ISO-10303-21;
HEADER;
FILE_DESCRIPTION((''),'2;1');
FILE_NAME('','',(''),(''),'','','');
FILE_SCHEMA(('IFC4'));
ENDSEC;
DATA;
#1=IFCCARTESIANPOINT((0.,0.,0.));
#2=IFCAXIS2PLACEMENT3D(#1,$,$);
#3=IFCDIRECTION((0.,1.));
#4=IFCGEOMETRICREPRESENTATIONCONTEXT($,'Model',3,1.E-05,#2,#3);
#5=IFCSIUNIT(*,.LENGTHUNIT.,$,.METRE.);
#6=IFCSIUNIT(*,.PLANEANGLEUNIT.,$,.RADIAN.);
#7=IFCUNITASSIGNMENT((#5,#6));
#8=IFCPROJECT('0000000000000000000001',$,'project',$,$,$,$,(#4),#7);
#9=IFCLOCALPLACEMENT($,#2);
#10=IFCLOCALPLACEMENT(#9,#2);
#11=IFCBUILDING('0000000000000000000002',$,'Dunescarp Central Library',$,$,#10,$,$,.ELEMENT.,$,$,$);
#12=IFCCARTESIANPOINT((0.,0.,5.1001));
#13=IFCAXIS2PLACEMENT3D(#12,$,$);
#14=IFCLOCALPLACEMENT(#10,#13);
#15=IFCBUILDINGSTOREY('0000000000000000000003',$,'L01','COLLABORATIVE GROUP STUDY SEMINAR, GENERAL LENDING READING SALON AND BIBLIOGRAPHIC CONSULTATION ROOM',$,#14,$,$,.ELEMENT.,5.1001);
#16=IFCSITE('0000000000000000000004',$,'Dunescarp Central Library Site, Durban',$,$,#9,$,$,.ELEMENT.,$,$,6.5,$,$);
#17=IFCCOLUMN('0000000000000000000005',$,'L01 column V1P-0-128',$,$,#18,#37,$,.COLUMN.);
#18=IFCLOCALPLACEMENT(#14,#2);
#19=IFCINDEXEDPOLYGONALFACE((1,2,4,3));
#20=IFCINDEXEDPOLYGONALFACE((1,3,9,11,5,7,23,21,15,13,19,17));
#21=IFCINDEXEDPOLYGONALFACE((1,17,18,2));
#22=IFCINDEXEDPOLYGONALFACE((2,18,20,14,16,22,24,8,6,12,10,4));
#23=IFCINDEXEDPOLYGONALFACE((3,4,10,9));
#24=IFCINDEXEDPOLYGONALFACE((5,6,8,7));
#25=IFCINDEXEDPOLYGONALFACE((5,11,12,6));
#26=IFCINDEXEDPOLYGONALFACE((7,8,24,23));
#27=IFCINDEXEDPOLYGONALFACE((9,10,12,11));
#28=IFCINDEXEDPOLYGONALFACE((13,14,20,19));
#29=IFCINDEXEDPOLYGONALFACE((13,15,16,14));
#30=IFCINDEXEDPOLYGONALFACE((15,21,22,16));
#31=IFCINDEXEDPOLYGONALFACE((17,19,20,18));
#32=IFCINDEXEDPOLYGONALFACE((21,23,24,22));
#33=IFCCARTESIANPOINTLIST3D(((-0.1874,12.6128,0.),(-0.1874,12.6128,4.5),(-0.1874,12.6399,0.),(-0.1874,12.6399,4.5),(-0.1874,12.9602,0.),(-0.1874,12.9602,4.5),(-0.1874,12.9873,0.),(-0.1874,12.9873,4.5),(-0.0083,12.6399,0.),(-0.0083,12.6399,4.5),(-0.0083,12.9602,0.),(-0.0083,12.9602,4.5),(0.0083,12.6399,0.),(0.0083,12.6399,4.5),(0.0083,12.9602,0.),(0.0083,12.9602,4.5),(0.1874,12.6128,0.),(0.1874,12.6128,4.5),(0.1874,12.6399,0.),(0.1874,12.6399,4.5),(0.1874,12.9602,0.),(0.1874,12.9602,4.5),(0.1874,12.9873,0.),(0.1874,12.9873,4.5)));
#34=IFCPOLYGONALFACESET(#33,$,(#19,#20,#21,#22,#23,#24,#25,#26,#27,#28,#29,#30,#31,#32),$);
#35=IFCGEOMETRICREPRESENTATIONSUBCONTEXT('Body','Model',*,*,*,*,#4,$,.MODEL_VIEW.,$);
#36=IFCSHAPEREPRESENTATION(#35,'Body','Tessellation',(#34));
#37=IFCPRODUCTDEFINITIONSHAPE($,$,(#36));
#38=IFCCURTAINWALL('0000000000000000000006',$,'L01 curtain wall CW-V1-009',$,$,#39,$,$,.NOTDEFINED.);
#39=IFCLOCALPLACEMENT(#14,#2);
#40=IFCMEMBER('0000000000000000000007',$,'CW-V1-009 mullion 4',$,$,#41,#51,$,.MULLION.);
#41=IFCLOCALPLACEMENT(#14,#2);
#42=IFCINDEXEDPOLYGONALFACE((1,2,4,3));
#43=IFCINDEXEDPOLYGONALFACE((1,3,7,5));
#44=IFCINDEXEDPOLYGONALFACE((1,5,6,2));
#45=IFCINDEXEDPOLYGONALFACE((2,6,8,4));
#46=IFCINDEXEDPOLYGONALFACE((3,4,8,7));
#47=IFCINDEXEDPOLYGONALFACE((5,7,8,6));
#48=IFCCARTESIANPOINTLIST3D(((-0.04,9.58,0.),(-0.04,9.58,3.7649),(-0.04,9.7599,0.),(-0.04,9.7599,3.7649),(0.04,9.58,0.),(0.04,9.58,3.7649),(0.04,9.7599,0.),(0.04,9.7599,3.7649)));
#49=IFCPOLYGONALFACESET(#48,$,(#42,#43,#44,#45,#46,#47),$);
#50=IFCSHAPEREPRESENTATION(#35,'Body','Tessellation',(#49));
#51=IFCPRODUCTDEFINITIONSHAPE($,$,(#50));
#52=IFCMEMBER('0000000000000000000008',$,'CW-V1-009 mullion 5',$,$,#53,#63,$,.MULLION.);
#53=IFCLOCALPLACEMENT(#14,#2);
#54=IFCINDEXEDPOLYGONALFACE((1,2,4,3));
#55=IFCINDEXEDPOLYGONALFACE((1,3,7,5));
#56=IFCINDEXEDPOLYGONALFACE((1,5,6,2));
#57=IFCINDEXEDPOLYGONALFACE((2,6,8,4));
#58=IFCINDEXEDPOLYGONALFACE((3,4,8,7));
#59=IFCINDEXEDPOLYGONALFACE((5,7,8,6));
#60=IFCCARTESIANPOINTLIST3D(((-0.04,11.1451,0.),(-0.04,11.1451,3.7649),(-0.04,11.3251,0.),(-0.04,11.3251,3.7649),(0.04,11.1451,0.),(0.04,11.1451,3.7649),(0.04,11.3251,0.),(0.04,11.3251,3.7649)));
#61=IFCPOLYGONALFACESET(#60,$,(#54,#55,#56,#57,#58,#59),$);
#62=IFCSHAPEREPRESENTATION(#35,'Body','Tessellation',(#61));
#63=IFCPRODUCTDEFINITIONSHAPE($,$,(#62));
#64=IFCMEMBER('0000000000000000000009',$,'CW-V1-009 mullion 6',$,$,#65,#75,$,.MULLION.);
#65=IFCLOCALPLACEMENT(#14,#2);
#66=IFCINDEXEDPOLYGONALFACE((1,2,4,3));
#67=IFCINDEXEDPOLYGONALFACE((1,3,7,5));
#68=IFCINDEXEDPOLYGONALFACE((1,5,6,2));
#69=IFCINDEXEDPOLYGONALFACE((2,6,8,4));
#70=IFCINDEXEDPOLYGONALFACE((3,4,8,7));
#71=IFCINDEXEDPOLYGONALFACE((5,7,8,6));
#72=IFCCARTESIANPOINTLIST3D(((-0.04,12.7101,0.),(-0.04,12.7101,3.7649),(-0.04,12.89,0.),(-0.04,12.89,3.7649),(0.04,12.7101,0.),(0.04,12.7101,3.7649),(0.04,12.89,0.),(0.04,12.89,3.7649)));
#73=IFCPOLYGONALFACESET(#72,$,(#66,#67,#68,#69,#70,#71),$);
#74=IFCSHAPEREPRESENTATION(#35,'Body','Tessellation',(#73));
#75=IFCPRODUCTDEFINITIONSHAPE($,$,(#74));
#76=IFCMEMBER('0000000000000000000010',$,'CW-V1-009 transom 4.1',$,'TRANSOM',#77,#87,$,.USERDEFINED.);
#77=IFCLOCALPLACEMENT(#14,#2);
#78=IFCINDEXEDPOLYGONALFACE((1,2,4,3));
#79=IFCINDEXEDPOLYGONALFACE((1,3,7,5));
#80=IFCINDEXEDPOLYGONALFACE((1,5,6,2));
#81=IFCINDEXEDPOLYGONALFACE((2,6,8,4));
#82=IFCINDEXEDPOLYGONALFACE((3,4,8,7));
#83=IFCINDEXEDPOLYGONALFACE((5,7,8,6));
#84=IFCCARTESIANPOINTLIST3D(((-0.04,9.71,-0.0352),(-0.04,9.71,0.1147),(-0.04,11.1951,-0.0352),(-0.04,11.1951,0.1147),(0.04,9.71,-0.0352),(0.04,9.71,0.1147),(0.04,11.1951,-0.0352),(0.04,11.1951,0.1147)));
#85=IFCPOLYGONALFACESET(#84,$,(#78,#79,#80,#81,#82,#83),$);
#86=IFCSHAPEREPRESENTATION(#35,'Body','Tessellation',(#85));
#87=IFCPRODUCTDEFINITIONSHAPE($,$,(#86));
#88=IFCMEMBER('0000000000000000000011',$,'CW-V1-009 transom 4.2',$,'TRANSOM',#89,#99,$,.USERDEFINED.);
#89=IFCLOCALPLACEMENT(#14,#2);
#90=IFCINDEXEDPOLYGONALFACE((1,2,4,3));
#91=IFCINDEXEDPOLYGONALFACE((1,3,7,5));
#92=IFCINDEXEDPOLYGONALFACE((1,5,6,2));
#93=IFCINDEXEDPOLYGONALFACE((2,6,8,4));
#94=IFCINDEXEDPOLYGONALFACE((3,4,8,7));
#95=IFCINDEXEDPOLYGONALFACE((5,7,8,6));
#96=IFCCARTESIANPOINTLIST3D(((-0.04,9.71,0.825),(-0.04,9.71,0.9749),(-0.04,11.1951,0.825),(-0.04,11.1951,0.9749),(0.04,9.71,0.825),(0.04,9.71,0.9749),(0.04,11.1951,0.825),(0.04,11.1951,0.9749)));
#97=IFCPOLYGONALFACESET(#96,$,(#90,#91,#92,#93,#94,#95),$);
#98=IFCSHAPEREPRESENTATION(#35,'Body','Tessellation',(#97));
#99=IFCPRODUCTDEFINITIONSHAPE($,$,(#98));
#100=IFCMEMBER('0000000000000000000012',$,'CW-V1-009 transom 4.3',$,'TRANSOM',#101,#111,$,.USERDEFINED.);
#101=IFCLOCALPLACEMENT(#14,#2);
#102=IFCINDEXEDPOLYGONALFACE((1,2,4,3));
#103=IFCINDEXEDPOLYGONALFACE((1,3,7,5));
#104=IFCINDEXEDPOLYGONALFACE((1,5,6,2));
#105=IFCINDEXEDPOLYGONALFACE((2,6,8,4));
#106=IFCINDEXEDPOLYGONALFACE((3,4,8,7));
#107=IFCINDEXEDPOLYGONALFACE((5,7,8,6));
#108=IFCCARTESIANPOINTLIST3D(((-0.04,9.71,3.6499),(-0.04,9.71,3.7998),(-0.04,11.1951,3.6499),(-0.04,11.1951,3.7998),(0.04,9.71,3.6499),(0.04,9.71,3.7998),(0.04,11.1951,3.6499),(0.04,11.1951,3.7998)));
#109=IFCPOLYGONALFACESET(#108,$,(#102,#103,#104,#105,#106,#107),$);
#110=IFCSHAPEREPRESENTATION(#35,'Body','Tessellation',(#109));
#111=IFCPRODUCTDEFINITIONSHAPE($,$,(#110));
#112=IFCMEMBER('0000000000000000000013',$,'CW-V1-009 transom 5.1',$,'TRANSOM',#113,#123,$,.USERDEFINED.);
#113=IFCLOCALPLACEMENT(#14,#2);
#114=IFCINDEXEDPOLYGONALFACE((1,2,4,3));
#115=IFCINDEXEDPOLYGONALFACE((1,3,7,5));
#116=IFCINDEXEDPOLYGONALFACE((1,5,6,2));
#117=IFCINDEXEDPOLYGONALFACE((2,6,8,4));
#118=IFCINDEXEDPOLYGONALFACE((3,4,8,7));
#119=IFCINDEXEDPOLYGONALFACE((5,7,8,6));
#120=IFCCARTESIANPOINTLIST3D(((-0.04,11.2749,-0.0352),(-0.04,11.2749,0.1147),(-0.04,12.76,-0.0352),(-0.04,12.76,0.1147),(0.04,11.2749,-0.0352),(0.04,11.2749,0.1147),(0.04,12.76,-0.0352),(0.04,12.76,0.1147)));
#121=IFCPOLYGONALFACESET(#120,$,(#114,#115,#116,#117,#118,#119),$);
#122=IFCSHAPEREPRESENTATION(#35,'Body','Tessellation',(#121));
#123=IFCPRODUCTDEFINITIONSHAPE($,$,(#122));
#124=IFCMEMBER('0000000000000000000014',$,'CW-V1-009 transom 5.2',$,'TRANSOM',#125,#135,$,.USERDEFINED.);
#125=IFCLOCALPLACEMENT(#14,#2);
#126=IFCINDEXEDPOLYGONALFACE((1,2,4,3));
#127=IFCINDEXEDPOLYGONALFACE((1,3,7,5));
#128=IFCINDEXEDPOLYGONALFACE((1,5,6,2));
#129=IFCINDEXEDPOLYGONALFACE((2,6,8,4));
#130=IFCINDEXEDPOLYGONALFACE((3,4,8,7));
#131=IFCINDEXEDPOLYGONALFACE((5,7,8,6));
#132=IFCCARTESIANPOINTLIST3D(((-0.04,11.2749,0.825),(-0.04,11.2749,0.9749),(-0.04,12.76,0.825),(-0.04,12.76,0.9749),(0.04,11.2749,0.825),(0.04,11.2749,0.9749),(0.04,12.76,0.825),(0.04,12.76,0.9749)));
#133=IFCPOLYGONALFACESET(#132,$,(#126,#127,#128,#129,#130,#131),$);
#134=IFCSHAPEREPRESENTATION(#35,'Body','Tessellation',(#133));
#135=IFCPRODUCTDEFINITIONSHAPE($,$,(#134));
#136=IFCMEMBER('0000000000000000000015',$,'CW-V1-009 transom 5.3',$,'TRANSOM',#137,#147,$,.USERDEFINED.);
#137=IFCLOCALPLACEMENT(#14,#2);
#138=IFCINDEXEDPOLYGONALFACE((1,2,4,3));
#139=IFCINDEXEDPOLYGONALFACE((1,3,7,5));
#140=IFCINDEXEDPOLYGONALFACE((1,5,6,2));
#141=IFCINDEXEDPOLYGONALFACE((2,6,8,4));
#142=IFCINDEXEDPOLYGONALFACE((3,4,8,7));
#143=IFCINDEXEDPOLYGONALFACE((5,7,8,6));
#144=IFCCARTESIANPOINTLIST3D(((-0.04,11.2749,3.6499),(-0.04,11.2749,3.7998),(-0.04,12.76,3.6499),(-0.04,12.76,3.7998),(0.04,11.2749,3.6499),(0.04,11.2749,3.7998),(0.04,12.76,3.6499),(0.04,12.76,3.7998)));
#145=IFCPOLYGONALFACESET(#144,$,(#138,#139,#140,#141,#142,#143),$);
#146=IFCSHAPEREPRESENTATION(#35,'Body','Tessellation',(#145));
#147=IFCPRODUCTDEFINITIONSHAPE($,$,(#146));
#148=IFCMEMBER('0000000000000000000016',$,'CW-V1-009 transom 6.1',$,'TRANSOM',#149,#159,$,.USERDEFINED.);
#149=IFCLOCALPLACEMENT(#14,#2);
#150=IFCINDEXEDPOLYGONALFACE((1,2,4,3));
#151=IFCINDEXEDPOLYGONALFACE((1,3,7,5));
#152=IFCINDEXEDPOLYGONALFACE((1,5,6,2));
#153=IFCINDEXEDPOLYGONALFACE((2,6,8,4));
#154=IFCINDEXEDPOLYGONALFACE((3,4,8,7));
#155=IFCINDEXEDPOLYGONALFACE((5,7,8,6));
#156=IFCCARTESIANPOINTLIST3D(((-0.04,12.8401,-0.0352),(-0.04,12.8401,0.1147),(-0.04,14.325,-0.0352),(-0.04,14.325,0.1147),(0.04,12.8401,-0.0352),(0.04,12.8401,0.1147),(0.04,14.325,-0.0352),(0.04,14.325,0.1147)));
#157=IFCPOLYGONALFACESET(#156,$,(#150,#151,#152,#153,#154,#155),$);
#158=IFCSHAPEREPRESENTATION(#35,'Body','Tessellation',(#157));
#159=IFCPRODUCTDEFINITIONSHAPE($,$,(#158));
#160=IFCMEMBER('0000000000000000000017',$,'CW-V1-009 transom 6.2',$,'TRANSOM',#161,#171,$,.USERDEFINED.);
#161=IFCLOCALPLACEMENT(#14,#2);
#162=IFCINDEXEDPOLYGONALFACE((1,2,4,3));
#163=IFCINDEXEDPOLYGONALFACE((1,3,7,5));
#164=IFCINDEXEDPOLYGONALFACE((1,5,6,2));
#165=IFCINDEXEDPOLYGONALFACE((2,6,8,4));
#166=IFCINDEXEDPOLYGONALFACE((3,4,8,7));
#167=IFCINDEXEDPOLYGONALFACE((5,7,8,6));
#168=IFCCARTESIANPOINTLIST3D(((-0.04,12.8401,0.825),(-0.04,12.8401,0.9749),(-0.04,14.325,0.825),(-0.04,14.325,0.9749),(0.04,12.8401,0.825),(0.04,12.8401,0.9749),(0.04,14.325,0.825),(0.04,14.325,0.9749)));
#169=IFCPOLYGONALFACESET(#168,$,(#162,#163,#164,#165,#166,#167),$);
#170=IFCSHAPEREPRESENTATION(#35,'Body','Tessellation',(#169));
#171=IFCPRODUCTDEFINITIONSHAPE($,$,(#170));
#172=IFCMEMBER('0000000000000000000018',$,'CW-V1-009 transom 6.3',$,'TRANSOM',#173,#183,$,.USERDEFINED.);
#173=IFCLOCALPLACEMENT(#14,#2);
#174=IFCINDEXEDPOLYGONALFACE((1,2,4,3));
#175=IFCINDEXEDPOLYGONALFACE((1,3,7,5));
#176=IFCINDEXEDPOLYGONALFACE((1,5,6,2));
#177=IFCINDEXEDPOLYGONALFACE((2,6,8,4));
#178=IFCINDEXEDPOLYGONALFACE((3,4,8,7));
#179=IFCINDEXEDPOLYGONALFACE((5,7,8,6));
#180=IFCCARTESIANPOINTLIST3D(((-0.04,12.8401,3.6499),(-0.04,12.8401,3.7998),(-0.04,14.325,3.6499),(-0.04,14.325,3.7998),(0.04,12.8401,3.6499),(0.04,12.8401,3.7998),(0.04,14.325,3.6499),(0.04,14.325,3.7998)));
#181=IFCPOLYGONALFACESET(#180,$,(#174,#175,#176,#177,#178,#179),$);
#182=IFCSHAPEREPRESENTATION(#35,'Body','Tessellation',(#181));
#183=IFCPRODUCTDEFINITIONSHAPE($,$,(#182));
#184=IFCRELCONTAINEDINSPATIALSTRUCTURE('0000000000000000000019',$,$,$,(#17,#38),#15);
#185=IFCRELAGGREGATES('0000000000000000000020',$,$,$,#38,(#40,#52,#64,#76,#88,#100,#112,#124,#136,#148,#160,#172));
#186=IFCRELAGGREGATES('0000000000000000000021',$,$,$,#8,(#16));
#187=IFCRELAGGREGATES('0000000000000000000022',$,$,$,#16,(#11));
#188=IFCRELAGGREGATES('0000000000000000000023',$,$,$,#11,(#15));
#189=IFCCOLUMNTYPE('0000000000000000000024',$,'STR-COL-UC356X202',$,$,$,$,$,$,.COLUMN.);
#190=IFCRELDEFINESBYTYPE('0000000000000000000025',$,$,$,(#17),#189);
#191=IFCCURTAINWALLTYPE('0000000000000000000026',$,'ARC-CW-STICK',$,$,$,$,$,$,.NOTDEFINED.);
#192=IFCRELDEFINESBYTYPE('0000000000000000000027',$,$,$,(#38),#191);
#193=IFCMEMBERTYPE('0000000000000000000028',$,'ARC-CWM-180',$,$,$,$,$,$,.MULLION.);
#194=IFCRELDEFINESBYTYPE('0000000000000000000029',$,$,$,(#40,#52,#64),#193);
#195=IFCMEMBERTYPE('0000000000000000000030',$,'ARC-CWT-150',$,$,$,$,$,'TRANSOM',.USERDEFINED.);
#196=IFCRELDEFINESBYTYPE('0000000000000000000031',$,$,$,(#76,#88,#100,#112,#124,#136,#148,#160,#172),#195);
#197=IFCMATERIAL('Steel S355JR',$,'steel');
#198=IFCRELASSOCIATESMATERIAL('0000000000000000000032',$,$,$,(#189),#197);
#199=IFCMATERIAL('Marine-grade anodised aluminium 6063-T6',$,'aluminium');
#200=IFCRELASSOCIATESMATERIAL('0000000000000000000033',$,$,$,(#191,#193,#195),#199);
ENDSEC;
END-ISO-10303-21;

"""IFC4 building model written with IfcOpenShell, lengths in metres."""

from ifc_helpers import new_model, si_unit, direction, frame, origin, origin_2d, place, context, subcontext, project, spatial, rectangle, i_section, extrude, material, material_profile, profile_set, type_object, element, aggregate, save


model = new_model("IFC4")

# Units and contexts
model_context = context("Model", 3, precision=1e-05, world=origin(), true_north=direction((0.0, 1.0)))
body_context = subcontext(model_context, "Body", "Model", "MODEL_VIEW")
ifc_project = project(units=[si_unit("LENGTHUNIT", "METRE"), si_unit("PLANEANGLEUNIT", "RADIAN")], contexts=[model_context])

# Site, building, storey
site_placement = place(None, origin())
site = spatial("IfcSite", under=ifc_project, at=site_placement, Name="Dunescarp Central Library Site, Durban", CompositionType="ELEMENT", RefElevation=6.5)
building_placement = place(site_placement, origin())
building = spatial("IfcBuilding", under=site, at=building_placement, Name="Dunescarp Central Library", CompositionType="ELEMENT")
storey_placement = place(building_placement, frame((0.0, 0.0, 5.1001)))
storey = spatial("IfcBuildingStorey", under=building, at=storey_placement, Name="L01", Description="COLLABORATIVE GROUP STUDY SEMINAR, GENERAL LENDING READING SALON AND BIBLIOGRAPHIC CONSULTATION ROOM", CompositionType="ELEMENT", Elevation=5.1001)

# Column
ifc_material_1 = material(Name="Steel S355JR", Category="steel")
ifc_material_profile_1 = material_profile(ifc_material_1, i_section(OverallWidth=0.3748, OverallDepth=0.3745, WebThickness=0.0166, FlangeThickness=0.0271, at=origin_2d()), Name="UC 356x368x202")
ifc_profile_set_1 = profile_set([ifc_material_profile_1], Name="Steel S355JR")
column_type = type_object("IfcColumnType", Name="STR-COL-UC356X202", PredefinedType="COLUMN", material=ifc_profile_set_1)
column_placement = place(storey_placement, frame((0.0, 12.8, 0.0), z_axis=(0.0, 0.0, 1.0), x_axis=(1.0, 0.0, 0.0)))
element("IfcColumn", 1, at=column_placement, inside=storey, type_object=column_type, Name="L01 column V1P-0-128", PredefinedType="COLUMN", context=body_context, shape_type="SweptSolid", body=[
    extrude(i_section(OverallWidth=0.3748, OverallDepth=0.3745, WebThickness=0.0166, FlangeThickness=0.0271, at=origin_2d()), origin(), (0.0, 0.0, 1.0), 4.5),
])

# Curtain wall, members
ifc_material_2 = material(Name="Marine-grade anodised aluminium 6063-T6", Category="aluminium")
curtain_wall_type = type_object("IfcCurtainWallType", Name="ARC-CW-STICK", PredefinedType="NOTDEFINED", material=ifc_material_2)
curtain_wall_placement = place(storey_placement, origin())
curtain_wall = element("IfcCurtainWall", 2, at=curtain_wall_placement, inside=storey, type_object=curtain_wall_type, Name="L01 curtain wall CW-V1-009", PredefinedType="NOTDEFINED")
ifc_material_profile_2 = material_profile(ifc_material_2, rectangle(XDim=0.0801, YDim=0.1799, at=origin_2d()), Name="AL 80x180")
ifc_profile_set_2 = profile_set([ifc_material_profile_2], Name="Marine-grade anodised aluminium 6063-T6")
member_type_1 = type_object("IfcMemberType", Name="ARC-CWM-180", PredefinedType="MULLION", material=ifc_profile_set_2)
member_1_placement = place(storey_placement, frame((0.0, 9.6699, 0.0), z_axis=(0.0, 0.0, 1.0), x_axis=(-1.0, 0.0, 0.0)))
member_1 = element("IfcMember", 3, at=member_1_placement, type_object=member_type_1, Name="CW-V1-009 mullion 4", PredefinedType="MULLION", context=body_context, shape_type="SweptSolid", body=[
    extrude(rectangle(XDim=0.0801, YDim=0.1799, at=origin_2d()), origin(), (0.0, 0.0, 1.0), 3.7649),
])
member_2_placement = place(storey_placement, frame((0.0, 11.2351, 0.0), z_axis=(0.0, 0.0, 1.0), x_axis=(-1.0, 0.0, 0.0)))
member_2 = element("IfcMember", 4, at=member_2_placement, type_object=member_type_1, Name="CW-V1-009 mullion 5", PredefinedType="MULLION", context=body_context, shape_type="SweptSolid", body=[
    extrude(rectangle(XDim=0.0801, YDim=0.1799, at=origin_2d()), origin(), (0.0, 0.0, 1.0), 3.7649),
])
member_3_placement = place(storey_placement, frame((0.0, 12.8, 0.0), z_axis=(0.0, 0.0, 1.0), x_axis=(-1.0, 0.0, 0.0)))
member_3 = element("IfcMember", 5, at=member_3_placement, type_object=member_type_1, Name="CW-V1-009 mullion 6", PredefinedType="MULLION", context=body_context, shape_type="SweptSolid", body=[
    extrude(rectangle(XDim=0.0801, YDim=0.1799, at=origin_2d()), origin(), (0.0, 0.0, 1.0), 3.7649),
])
ifc_material_profile_3 = material_profile(ifc_material_2, rectangle(XDim=0.0801, YDim=0.1499, at=origin_2d()), Name="AL 80x150")
ifc_profile_set_3 = profile_set([ifc_material_profile_3], Name="Marine-grade anodised aluminium 6063-T6")
member_type_2 = type_object("IfcMemberType", Name="ARC-CWT-150", ElementType="TRANSOM", PredefinedType="USERDEFINED", material=ifc_profile_set_3)
member_4_placement = place(storey_placement, frame((0.0, 9.71, 0.0398), z_axis=(0.0, 1.0, 0.0), x_axis=(-1.0, 0.0, 0.0)))
member_4 = element("IfcMember", 6, at=member_4_placement, type_object=member_type_2, Name="CW-V1-009 transom 4.1", ObjectType="TRANSOM", PredefinedType="USERDEFINED", context=body_context, shape_type="SweptSolid", body=[
    extrude(rectangle(XDim=0.0801, YDim=0.1499, at=origin_2d()), origin(), (0.0, 0.0, 1.0), 1.4851),
])
member_5_placement = place(storey_placement, frame((0.0, 9.71, 0.8999), z_axis=(0.0, 1.0, 0.0), x_axis=(-1.0, 0.0, 0.0)))
member_5 = element("IfcMember", 7, at=member_5_placement, type_object=member_type_2, Name="CW-V1-009 transom 4.2", ObjectType="TRANSOM", PredefinedType="USERDEFINED", context=body_context, shape_type="SweptSolid", body=[
    extrude(rectangle(XDim=0.0801, YDim=0.1499, at=origin_2d()), origin(), (0.0, 0.0, 1.0), 1.4851),
])
member_6_placement = place(storey_placement, frame((0.0, 9.71, 3.7249), z_axis=(0.0, 1.0, 0.0), x_axis=(-1.0, 0.0, 0.0)))
member_6 = element("IfcMember", 8, at=member_6_placement, type_object=member_type_2, Name="CW-V1-009 transom 4.3", ObjectType="TRANSOM", PredefinedType="USERDEFINED", context=body_context, shape_type="SweptSolid", body=[
    extrude(rectangle(XDim=0.0801, YDim=0.1499, at=origin_2d()), origin(), (0.0, 0.0, 1.0), 1.4851),
])
member_7_placement = place(storey_placement, frame((0.0, 11.2749, 0.0398), z_axis=(0.0, 1.0, 0.0), x_axis=(-1.0, 0.0, 0.0)))
member_7 = element("IfcMember", 9, at=member_7_placement, type_object=member_type_2, Name="CW-V1-009 transom 5.1", ObjectType="TRANSOM", PredefinedType="USERDEFINED", context=body_context, shape_type="SweptSolid", body=[
    extrude(rectangle(XDim=0.0801, YDim=0.1499, at=origin_2d()), origin(), (0.0, 0.0, 1.0), 1.4851),
])
member_8_placement = place(storey_placement, frame((0.0, 11.2749, 0.8999), z_axis=(0.0, 1.0, 0.0), x_axis=(-1.0, 0.0, 0.0)))
member_8 = element("IfcMember", 10, at=member_8_placement, type_object=member_type_2, Name="CW-V1-009 transom 5.2", ObjectType="TRANSOM", PredefinedType="USERDEFINED", context=body_context, shape_type="SweptSolid", body=[
    extrude(rectangle(XDim=0.0801, YDim=0.1499, at=origin_2d()), origin(), (0.0, 0.0, 1.0), 1.4851),
])
member_9_placement = place(storey_placement, frame((0.0, 11.2749, 3.7249), z_axis=(0.0, 1.0, 0.0), x_axis=(-1.0, 0.0, 0.0)))
member_9 = element("IfcMember", 11, at=member_9_placement, type_object=member_type_2, Name="CW-V1-009 transom 5.3", ObjectType="TRANSOM", PredefinedType="USERDEFINED", context=body_context, shape_type="SweptSolid", body=[
    extrude(rectangle(XDim=0.0801, YDim=0.1499, at=origin_2d()), origin(), (0.0, 0.0, 1.0), 1.4851),
])
member_10_placement = place(storey_placement, frame((0.0, 12.8401, 0.0398), z_axis=(0.0, 1.0, 0.0), x_axis=(-1.0, 0.0, 0.0)))
member_10 = element("IfcMember", 12, at=member_10_placement, type_object=member_type_2, Name="CW-V1-009 transom 6.1", ObjectType="TRANSOM", PredefinedType="USERDEFINED", context=body_context, shape_type="SweptSolid", body=[
    extrude(rectangle(XDim=0.0801, YDim=0.1499, at=origin_2d()), origin(), (0.0, 0.0, 1.0), 1.4849),
])
member_11_placement = place(storey_placement, frame((0.0, 12.8401, 0.8999), z_axis=(0.0, 1.0, 0.0), x_axis=(-1.0, 0.0, 0.0)))
member_11 = element("IfcMember", 13, at=member_11_placement, type_object=member_type_2, Name="CW-V1-009 transom 6.2", ObjectType="TRANSOM", PredefinedType="USERDEFINED", context=body_context, shape_type="SweptSolid", body=[
    extrude(rectangle(XDim=0.0801, YDim=0.1499, at=origin_2d()), origin(), (0.0, 0.0, 1.0), 1.4849),
])
member_12_placement = place(storey_placement, frame((0.0, 12.8401, 3.7249), z_axis=(0.0, 1.0, 0.0), x_axis=(-1.0, 0.0, 0.0)))
member_12 = element("IfcMember", 14, at=member_12_placement, type_object=member_type_2, Name="CW-V1-009 transom 6.3", ObjectType="TRANSOM", PredefinedType="USERDEFINED", context=body_context, shape_type="SweptSolid", body=[
    extrude(rectangle(XDim=0.0801, YDim=0.1499, at=origin_2d()), origin(), (0.0, 0.0, 1.0), 1.4849),
])

aggregate(curtain_wall, [member_1, member_2, member_3, member_4, member_5, member_6, member_7, member_8, member_9, member_10, member_11, member_12])

save(model, "model.ifc")
